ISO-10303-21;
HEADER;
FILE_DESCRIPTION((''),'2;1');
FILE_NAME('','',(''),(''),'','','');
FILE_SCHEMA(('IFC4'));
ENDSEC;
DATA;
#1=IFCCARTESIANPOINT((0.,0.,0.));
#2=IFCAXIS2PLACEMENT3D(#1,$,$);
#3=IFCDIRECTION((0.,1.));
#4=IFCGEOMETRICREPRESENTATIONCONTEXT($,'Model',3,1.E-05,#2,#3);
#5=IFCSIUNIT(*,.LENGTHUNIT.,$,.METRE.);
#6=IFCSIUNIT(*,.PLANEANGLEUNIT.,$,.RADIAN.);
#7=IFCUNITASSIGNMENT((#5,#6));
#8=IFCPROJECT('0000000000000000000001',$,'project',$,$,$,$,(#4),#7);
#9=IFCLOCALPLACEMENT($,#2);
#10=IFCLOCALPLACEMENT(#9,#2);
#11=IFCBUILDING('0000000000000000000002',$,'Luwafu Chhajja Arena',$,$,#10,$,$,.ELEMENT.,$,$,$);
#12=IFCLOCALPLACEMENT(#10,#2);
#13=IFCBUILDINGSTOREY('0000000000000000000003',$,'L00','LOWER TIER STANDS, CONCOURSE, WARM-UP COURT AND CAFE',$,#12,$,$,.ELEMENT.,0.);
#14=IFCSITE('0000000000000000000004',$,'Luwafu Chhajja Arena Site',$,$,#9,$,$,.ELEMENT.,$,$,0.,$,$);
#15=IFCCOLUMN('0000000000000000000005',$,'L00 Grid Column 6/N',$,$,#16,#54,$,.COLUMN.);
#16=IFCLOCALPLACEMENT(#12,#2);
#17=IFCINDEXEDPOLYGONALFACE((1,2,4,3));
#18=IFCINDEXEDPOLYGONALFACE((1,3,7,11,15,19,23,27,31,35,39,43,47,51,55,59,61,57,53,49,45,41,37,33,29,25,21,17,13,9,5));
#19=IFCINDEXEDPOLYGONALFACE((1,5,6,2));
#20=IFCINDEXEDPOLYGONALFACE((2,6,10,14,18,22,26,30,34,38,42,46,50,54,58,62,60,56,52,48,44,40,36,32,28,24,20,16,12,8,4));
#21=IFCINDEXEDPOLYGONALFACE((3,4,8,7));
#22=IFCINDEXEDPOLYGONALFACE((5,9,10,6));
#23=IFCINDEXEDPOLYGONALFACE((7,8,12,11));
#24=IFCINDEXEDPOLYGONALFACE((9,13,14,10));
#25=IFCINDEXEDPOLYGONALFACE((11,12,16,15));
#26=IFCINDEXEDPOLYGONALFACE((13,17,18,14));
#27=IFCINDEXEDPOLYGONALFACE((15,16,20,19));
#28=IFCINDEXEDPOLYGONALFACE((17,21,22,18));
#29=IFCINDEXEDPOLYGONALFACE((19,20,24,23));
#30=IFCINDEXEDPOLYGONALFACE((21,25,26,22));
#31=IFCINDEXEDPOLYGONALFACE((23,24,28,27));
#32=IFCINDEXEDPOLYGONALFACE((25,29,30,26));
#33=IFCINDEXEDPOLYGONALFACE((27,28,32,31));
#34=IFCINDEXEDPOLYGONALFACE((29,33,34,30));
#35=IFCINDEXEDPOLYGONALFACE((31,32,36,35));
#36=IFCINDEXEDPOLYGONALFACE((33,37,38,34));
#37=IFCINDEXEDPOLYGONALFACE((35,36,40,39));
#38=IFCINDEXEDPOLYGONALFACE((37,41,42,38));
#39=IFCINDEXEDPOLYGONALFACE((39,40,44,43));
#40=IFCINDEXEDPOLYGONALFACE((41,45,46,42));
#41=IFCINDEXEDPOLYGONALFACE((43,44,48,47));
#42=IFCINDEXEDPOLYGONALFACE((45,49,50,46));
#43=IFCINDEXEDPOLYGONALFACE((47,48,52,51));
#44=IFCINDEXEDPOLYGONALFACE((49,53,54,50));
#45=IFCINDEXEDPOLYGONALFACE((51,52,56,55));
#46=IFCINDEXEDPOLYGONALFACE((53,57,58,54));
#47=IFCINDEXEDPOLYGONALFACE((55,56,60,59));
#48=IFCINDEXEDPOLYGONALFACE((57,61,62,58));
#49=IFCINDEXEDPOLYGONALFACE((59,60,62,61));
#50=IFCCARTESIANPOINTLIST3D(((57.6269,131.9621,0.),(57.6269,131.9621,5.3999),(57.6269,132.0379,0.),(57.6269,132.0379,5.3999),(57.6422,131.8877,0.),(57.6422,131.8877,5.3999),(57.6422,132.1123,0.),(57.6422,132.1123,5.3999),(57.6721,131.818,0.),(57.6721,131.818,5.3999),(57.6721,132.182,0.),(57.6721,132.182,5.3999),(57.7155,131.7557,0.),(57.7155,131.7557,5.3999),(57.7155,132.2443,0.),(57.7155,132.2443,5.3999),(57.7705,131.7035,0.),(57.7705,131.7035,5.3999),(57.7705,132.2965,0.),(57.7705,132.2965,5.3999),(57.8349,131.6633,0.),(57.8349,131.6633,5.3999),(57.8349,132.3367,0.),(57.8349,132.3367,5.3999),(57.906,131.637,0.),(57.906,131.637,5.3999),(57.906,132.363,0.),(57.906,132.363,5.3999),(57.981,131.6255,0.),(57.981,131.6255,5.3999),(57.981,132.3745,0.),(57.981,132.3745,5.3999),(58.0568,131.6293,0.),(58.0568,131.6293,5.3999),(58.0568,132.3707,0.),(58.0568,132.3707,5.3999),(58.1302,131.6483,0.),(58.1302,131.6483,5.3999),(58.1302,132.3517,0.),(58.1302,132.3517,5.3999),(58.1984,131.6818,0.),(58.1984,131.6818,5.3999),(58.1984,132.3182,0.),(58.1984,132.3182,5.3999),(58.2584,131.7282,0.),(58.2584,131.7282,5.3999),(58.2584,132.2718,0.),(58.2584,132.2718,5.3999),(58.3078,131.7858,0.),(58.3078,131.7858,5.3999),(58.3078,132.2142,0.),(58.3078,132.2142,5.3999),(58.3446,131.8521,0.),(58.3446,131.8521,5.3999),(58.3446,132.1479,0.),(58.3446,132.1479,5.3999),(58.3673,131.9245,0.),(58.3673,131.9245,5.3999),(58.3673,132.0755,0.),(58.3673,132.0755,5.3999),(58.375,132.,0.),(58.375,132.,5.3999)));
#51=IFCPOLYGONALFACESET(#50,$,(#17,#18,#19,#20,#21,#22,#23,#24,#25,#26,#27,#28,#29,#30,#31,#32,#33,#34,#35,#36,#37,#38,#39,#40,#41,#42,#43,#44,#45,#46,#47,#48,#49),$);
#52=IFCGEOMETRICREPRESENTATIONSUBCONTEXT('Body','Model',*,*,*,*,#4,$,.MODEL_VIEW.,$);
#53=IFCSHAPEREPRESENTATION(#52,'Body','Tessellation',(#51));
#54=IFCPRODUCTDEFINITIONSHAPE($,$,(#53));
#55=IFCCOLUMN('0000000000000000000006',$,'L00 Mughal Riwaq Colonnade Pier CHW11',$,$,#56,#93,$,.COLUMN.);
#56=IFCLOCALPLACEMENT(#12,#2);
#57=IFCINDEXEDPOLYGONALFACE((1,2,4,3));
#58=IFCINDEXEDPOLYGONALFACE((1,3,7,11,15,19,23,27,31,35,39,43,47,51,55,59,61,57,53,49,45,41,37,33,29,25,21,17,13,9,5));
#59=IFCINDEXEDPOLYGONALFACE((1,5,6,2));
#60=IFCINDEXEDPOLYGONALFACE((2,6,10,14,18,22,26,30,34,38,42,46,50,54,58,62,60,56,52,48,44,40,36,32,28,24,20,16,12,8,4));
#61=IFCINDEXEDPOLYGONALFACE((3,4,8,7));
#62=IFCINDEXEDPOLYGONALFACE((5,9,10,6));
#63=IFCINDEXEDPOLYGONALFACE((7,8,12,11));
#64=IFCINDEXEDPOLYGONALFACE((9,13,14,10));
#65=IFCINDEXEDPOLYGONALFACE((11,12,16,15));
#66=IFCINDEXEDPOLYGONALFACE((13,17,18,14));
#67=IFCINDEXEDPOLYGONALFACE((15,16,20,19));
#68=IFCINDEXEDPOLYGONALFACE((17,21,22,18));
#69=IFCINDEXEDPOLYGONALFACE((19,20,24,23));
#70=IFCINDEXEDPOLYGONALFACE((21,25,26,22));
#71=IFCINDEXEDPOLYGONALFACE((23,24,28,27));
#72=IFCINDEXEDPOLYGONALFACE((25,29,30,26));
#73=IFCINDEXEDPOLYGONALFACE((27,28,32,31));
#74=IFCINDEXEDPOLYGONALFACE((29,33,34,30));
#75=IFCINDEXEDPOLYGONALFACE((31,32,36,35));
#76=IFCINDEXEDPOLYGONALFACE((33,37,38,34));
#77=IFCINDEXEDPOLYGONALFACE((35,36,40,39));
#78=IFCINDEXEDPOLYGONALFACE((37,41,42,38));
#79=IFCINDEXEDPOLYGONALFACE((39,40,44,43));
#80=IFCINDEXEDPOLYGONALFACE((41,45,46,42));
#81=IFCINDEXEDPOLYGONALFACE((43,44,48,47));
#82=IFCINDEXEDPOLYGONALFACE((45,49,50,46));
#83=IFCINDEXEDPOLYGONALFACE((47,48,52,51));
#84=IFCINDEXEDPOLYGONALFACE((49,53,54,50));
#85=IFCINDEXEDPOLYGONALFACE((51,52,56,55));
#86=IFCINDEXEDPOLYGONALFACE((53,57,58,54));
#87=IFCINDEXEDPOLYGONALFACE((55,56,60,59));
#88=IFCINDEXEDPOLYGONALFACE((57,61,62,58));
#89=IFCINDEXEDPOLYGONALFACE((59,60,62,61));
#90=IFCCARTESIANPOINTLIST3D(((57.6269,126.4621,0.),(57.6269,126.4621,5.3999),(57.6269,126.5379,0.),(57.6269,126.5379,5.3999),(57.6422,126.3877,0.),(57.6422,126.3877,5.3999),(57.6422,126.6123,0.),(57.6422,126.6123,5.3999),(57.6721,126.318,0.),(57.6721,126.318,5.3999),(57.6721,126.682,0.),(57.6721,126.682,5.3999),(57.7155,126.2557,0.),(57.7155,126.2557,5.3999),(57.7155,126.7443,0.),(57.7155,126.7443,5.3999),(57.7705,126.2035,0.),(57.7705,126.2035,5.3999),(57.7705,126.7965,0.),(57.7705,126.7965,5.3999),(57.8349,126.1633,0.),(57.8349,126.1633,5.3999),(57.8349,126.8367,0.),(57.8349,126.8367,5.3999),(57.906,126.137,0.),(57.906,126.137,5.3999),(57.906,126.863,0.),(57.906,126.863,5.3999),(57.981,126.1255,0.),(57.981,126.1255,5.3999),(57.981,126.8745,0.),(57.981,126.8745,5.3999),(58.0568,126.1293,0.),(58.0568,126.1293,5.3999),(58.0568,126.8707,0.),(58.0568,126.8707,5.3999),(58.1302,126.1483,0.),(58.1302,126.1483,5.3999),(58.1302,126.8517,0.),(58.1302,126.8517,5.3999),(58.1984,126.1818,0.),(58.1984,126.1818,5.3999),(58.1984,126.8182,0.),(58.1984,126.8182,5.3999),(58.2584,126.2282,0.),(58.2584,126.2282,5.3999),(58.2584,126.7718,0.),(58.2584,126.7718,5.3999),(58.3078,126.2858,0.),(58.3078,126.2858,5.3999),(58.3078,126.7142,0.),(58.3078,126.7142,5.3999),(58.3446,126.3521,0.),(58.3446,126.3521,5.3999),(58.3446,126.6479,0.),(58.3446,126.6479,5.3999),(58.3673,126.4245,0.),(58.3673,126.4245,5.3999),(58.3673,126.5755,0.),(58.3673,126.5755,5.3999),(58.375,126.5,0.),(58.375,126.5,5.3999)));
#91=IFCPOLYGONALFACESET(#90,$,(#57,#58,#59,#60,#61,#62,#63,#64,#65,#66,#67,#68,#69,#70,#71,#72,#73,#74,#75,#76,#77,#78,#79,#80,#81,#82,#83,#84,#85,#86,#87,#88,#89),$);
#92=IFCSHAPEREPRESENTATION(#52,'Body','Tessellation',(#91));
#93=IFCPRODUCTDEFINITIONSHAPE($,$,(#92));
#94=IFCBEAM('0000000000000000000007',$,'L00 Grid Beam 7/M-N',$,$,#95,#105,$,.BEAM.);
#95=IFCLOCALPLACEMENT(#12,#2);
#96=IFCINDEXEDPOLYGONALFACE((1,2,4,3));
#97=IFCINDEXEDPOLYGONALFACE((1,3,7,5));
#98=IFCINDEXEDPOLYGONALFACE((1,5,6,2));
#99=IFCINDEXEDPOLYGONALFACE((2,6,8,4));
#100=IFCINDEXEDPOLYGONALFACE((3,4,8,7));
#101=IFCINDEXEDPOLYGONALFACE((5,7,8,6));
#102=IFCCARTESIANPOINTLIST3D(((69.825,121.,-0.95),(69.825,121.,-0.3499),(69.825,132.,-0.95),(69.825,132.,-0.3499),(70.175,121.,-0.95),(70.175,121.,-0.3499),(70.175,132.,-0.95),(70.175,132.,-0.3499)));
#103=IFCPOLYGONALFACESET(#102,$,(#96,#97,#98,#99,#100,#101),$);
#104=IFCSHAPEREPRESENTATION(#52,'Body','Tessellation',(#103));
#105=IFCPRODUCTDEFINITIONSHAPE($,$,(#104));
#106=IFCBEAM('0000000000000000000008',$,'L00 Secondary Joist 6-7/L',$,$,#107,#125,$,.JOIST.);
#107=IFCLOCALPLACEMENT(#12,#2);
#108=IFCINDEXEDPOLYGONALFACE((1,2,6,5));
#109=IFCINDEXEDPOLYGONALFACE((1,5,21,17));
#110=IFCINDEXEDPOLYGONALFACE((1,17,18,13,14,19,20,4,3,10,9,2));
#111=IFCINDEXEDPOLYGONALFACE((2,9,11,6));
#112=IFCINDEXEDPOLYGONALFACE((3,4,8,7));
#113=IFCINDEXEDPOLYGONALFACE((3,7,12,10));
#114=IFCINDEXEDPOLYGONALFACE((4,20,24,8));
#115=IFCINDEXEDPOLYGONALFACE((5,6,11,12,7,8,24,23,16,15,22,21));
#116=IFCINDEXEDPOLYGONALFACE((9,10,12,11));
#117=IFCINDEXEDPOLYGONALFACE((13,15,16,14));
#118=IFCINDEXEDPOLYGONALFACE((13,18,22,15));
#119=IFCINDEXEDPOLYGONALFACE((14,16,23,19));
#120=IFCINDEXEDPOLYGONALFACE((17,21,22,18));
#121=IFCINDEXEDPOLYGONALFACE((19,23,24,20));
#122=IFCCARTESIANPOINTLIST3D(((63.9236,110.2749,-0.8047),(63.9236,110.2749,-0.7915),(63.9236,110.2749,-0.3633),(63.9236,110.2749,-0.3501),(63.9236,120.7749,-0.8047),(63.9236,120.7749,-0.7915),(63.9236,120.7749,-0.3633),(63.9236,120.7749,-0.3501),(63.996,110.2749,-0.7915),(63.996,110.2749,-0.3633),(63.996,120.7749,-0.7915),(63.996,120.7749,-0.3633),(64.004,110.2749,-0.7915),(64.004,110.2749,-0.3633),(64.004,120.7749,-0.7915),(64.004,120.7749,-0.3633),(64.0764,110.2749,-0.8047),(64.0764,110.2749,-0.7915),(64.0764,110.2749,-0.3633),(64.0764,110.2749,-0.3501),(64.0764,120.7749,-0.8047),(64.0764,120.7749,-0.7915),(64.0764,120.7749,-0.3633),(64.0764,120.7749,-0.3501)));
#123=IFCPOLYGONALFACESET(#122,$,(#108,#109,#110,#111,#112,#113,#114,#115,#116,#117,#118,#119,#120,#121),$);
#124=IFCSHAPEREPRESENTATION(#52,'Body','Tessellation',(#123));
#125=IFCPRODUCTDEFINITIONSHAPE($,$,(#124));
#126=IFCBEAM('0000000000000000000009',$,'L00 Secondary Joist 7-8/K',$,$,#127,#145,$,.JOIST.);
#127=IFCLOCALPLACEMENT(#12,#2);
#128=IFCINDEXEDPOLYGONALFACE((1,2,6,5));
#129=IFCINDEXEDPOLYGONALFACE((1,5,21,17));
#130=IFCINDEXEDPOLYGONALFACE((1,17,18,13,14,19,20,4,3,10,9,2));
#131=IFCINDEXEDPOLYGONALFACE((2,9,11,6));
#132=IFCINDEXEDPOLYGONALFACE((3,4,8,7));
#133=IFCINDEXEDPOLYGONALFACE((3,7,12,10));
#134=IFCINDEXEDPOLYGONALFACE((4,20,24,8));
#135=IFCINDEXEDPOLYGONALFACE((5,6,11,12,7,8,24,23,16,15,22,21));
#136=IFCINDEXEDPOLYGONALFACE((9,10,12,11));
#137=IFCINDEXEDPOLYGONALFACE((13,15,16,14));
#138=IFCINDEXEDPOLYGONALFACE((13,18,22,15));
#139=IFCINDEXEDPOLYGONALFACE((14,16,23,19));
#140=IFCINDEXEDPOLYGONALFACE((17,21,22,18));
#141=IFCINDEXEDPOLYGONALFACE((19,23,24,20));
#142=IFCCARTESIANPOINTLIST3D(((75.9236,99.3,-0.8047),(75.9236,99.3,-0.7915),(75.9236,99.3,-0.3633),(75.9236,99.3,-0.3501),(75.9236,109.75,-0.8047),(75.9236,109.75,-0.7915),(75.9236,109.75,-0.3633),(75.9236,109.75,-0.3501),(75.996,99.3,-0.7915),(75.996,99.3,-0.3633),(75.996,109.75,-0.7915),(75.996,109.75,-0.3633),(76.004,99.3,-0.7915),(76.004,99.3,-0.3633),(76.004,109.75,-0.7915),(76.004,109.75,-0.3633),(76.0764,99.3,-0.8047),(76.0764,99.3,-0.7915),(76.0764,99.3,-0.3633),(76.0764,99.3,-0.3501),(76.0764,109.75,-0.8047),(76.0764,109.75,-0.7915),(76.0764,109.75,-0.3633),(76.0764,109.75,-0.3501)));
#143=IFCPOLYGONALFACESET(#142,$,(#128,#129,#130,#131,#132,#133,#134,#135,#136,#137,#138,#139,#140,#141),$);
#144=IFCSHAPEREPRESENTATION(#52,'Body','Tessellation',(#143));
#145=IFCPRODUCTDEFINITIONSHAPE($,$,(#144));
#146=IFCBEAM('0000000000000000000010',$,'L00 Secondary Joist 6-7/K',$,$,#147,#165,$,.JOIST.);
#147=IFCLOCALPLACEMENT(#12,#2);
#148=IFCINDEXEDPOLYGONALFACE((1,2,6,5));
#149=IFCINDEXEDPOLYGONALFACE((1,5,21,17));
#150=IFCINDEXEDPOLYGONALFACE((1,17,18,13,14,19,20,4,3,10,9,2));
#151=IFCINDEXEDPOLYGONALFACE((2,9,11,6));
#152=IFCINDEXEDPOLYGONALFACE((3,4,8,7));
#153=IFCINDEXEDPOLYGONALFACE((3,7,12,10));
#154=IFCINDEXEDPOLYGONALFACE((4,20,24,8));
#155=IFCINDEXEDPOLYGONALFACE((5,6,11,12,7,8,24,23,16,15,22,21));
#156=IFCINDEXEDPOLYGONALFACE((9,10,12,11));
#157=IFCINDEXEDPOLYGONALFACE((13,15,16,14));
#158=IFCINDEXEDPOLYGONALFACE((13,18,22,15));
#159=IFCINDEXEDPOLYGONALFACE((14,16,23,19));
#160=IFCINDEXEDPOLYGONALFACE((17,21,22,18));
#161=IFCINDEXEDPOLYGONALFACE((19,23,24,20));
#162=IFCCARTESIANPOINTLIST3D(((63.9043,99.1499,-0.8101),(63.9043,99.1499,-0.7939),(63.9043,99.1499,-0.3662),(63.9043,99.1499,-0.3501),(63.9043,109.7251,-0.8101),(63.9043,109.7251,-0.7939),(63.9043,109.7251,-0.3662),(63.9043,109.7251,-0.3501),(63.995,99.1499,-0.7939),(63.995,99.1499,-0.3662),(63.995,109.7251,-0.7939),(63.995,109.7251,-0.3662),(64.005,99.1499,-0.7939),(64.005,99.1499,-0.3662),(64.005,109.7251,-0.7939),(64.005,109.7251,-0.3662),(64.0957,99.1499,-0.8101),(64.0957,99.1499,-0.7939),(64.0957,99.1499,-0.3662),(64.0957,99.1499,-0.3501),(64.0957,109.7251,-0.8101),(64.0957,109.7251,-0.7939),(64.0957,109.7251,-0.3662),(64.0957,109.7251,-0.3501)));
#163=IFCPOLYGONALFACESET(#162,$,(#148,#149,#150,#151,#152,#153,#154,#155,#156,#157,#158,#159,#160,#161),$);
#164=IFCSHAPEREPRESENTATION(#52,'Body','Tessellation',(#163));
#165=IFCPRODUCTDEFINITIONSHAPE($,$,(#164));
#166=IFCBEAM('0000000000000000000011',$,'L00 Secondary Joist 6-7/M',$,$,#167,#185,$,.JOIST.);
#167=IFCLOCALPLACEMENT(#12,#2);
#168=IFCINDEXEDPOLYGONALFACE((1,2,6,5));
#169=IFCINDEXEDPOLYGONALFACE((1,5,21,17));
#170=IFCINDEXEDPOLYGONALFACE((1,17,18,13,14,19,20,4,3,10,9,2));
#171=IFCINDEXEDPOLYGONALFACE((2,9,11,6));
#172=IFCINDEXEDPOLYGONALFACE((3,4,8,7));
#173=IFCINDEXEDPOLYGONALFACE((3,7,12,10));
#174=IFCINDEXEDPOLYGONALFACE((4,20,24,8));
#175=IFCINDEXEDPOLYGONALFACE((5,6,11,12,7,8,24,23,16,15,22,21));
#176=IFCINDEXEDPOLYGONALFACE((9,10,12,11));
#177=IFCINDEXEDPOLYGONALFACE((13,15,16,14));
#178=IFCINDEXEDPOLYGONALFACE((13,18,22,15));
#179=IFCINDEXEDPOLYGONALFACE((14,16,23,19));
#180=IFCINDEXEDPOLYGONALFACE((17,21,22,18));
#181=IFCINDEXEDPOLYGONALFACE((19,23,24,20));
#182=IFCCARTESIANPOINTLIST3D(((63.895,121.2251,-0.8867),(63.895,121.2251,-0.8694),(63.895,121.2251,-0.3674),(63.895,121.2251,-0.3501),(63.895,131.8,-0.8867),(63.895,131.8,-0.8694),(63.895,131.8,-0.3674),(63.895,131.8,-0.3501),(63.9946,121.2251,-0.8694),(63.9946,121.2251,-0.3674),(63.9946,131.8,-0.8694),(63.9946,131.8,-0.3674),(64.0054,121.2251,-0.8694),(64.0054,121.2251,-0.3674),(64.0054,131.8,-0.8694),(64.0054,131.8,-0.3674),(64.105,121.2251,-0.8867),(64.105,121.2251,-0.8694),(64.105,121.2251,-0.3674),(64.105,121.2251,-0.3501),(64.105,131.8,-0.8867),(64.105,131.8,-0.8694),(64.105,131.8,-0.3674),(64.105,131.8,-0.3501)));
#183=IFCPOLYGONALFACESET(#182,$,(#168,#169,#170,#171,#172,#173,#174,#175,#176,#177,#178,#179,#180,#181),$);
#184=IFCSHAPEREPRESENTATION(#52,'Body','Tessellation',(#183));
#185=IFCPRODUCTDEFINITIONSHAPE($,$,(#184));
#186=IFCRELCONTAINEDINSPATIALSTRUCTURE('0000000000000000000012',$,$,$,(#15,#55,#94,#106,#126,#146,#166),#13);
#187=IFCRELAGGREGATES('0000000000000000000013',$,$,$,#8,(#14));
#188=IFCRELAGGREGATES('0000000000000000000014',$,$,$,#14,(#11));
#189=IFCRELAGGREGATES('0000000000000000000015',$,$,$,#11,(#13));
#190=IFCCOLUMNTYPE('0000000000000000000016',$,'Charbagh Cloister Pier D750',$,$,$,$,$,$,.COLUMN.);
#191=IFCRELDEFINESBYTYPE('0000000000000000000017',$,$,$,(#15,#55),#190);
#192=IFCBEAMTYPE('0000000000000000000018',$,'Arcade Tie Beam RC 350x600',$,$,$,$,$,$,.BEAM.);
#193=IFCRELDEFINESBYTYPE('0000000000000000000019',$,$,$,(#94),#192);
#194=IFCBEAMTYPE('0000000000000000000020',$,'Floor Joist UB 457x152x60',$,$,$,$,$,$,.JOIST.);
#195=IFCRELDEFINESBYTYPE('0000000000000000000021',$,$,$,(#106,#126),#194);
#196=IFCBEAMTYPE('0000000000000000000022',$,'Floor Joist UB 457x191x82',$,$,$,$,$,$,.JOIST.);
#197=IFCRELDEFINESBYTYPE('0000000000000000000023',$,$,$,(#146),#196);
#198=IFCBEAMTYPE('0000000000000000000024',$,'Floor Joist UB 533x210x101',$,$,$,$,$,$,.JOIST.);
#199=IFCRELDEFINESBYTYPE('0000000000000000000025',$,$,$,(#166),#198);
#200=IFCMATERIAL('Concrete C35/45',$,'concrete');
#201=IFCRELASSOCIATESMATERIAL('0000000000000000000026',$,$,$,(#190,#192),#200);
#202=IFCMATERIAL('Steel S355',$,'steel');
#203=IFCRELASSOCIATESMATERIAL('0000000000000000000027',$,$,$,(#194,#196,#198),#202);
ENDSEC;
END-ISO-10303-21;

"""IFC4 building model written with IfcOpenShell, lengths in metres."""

from ifc_helpers import new_model, si_unit, direction, frame, origin, origin_2d, place, context, subcontext, project, spatial, rectangle, circle, i_section, extrude, material, material_profile, profile_set, type_object, element, save


model = new_model("IFC4")

# Units and contexts
model_context = context("Model", 3, precision=1e-05, world=origin(), true_north=direction((0.0, 1.0)))
body_context = subcontext(model_context, "Body", "Model", "MODEL_VIEW")
ifc_project = project(units=[si_unit("LENGTHUNIT", "METRE"), si_unit("PLANEANGLEUNIT", "RADIAN")], contexts=[model_context])

# Site, building, storey
site_placement = place(None, origin())
site = spatial("IfcSite", under=ifc_project, at=site_placement, Name="Luwafu Chhajja Arena Site", CompositionType="ELEMENT", RefElevation=0.0)
building_placement = place(site_placement, origin())
building = spatial("IfcBuilding", under=site, at=building_placement, Name="Luwafu Chhajja Arena", CompositionType="ELEMENT")
storey_placement = place(building_placement, origin())
storey = spatial("IfcBuildingStorey", under=building, at=storey_placement, Name="L00", Description="LOWER TIER STANDS, CONCOURSE, WARM-UP COURT AND CAFE", CompositionType="ELEMENT", Elevation=0.0)

# Columns
ifc_material_1 = material(Name="Concrete C35/45", Category="concrete")
ifc_material_profile_1 = material_profile(ifc_material_1, circle(Radius=0.375, at=origin_2d()), Name="RC COL D750")
ifc_profile_set_1 = profile_set([ifc_material_profile_1], Name="Concrete C35/45")
column_type = type_object("IfcColumnType", Name="Charbagh Cloister Pier D750", PredefinedType="COLUMN", material=ifc_profile_set_1)
for number, where, z_axis, x_axis, name in (
    (1, (58.0, 132.0, 0.0), (0.0, 0.0, 1.0), (1.0, 0.0, 0.0), "L00 Grid Column 6/N"),
    (2, (58.0, 126.5, 0.0), (0.0, 0.0, 1.0), (1.0, 0.0, 0.0), "L00 Mughal Riwaq Colonnade Pier CHW11"),
):
    element("IfcColumn", number, at=place(storey_placement, frame(where, z_axis=z_axis, x_axis=x_axis)), inside=storey, type_object=column_type, Name=name, PredefinedType="COLUMN", context=body_context, shape_type="SweptSolid", body=[
        extrude(circle(Radius=0.375, at=origin_2d()), origin(), (0.0, 0.0, 1.0), 5.3999),
    ])

# Beams
ifc_material_profile_2 = material_profile(ifc_material_1, rectangle(XDim=0.3501, YDim=0.6001, at=origin_2d()), Name="RC 350x600")
ifc_profile_set_2 = profile_set([ifc_material_profile_2], Name="Concrete C35/45")
beam_type_1 = type_object("IfcBeamType", Name="Arcade Tie Beam RC 350x600", PredefinedType="BEAM", material=ifc_profile_set_2)
beam_1_placement = place(storey_placement, frame((70.0, 121.0, -0.6499), z_axis=(0.0, 1.0, 0.0), x_axis=(-1.0, 0.0, 0.0)))
element("IfcBeam", 3, at=beam_1_placement, inside=storey, type_object=beam_type_1, Name="L00 Grid Beam 7/M-N", PredefinedType="BEAM", context=body_context, shape_type="SweptSolid", body=[
    extrude(rectangle(XDim=0.3501, YDim=0.6001, at=origin_2d()), origin(), (0.0, 0.0, 1.0), 11.0),
])
ifc_material_2 = material(Name="Steel S355", Category="steel")
ifc_material_profile_3 = material_profile(ifc_material_2, i_section(OverallWidth=0.1528, OverallDepth=0.4546, WebThickness=0.0081, FlangeThickness=0.0132, at=origin_2d()), Name="UB 457x152x60")
ifc_profile_set_3 = profile_set([ifc_material_profile_3], Name="Steel S355")
beam_type_2 = type_object("IfcBeamType", Name="Floor Joist UB 457x152x60", PredefinedType="JOIST", material=ifc_profile_set_3)
beam_2_placement = place(storey_placement, frame((64.0, 110.2749, -0.5774), z_axis=(0.0, 1.0, 0.0), x_axis=(-1.0, 0.0, 0.0)))
element("IfcBeam", 4, at=beam_2_placement, inside=storey, type_object=beam_type_2, Name="L00 Secondary Joist 6-7/L", PredefinedType="JOIST", context=body_context, shape_type="SweptSolid", body=[
    extrude(i_section(OverallWidth=0.1528, OverallDepth=0.4546, WebThickness=0.0081, FlangeThickness=0.0132, at=origin_2d()), origin(), (0.0, 0.0, 1.0), 10.5),
])
beam_3_placement = place(storey_placement, frame((76.0, 99.3, -0.5774), z_axis=(0.0, 1.0, 0.0), x_axis=(-1.0, 0.0, 0.0)))
element("IfcBeam", 5, at=beam_3_placement, inside=storey, type_object=beam_type_2, Name="L00 Secondary Joist 7-8/K", PredefinedType="JOIST", context=body_context, shape_type="SweptSolid", body=[
    extrude(i_section(OverallWidth=0.1528, OverallDepth=0.4546, WebThickness=0.0081, FlangeThickness=0.0132, at=origin_2d()), origin(), (0.0, 0.0, 1.0), 10.45),
])
ifc_material_profile_4 = material_profile(ifc_material_2, i_section(OverallWidth=0.1914, OverallDepth=0.46, WebThickness=0.01, FlangeThickness=0.0161, at=origin_2d()), Name="UB 457x191x82")
ifc_profile_set_4 = profile_set([ifc_material_profile_4], Name="Steel S355")
beam_type_3 = type_object("IfcBeamType", Name="Floor Joist UB 457x191x82", PredefinedType="JOIST", material=ifc_profile_set_4)
beam_4_placement = place(storey_placement, frame((64.0, 99.1499, -0.5801), z_axis=(0.0, 1.0, 0.0), x_axis=(-1.0, 0.0, 0.0)))
element("IfcBeam", 6, at=beam_4_placement, inside=storey, type_object=beam_type_3, Name="L00 Secondary Joist 6-7/K", PredefinedType="JOIST", context=body_context, shape_type="SweptSolid", body=[
    extrude(i_section(OverallWidth=0.1914, OverallDepth=0.46, WebThickness=0.01, FlangeThickness=0.0161, at=origin_2d()), origin(), (0.0, 0.0, 1.0), 10.5752),
])
ifc_material_profile_5 = material_profile(ifc_material_2, i_section(OverallWidth=0.21, OverallDepth=0.5366, WebThickness=0.0107, FlangeThickness=0.0173, at=origin_2d()), Name="UB 533x210x101")
ifc_profile_set_5 = profile_set([ifc_material_profile_5], Name="Steel S355")
beam_type_4 = type_object("IfcBeamType", Name="Floor Joist UB 533x210x101", PredefinedType="JOIST", material=ifc_profile_set_5)
beam_5_placement = place(storey_placement, frame((64.0, 121.2251, -0.6184), z_axis=(0.0, 1.0, 0.0), x_axis=(-1.0, 0.0, 0.0)))
element("IfcBeam", 7, at=beam_5_placement, inside=storey, type_object=beam_type_4, Name="L00 Secondary Joist 6-7/M", PredefinedType="JOIST", context=body_context, shape_type="SweptSolid", body=[
    extrude(i_section(OverallWidth=0.21, OverallDepth=0.5366, WebThickness=0.0107, FlangeThickness=0.0173, at=origin_2d()), origin(), (0.0, 0.0, 1.0), 10.575),
])

save(model, "model.ifc")
